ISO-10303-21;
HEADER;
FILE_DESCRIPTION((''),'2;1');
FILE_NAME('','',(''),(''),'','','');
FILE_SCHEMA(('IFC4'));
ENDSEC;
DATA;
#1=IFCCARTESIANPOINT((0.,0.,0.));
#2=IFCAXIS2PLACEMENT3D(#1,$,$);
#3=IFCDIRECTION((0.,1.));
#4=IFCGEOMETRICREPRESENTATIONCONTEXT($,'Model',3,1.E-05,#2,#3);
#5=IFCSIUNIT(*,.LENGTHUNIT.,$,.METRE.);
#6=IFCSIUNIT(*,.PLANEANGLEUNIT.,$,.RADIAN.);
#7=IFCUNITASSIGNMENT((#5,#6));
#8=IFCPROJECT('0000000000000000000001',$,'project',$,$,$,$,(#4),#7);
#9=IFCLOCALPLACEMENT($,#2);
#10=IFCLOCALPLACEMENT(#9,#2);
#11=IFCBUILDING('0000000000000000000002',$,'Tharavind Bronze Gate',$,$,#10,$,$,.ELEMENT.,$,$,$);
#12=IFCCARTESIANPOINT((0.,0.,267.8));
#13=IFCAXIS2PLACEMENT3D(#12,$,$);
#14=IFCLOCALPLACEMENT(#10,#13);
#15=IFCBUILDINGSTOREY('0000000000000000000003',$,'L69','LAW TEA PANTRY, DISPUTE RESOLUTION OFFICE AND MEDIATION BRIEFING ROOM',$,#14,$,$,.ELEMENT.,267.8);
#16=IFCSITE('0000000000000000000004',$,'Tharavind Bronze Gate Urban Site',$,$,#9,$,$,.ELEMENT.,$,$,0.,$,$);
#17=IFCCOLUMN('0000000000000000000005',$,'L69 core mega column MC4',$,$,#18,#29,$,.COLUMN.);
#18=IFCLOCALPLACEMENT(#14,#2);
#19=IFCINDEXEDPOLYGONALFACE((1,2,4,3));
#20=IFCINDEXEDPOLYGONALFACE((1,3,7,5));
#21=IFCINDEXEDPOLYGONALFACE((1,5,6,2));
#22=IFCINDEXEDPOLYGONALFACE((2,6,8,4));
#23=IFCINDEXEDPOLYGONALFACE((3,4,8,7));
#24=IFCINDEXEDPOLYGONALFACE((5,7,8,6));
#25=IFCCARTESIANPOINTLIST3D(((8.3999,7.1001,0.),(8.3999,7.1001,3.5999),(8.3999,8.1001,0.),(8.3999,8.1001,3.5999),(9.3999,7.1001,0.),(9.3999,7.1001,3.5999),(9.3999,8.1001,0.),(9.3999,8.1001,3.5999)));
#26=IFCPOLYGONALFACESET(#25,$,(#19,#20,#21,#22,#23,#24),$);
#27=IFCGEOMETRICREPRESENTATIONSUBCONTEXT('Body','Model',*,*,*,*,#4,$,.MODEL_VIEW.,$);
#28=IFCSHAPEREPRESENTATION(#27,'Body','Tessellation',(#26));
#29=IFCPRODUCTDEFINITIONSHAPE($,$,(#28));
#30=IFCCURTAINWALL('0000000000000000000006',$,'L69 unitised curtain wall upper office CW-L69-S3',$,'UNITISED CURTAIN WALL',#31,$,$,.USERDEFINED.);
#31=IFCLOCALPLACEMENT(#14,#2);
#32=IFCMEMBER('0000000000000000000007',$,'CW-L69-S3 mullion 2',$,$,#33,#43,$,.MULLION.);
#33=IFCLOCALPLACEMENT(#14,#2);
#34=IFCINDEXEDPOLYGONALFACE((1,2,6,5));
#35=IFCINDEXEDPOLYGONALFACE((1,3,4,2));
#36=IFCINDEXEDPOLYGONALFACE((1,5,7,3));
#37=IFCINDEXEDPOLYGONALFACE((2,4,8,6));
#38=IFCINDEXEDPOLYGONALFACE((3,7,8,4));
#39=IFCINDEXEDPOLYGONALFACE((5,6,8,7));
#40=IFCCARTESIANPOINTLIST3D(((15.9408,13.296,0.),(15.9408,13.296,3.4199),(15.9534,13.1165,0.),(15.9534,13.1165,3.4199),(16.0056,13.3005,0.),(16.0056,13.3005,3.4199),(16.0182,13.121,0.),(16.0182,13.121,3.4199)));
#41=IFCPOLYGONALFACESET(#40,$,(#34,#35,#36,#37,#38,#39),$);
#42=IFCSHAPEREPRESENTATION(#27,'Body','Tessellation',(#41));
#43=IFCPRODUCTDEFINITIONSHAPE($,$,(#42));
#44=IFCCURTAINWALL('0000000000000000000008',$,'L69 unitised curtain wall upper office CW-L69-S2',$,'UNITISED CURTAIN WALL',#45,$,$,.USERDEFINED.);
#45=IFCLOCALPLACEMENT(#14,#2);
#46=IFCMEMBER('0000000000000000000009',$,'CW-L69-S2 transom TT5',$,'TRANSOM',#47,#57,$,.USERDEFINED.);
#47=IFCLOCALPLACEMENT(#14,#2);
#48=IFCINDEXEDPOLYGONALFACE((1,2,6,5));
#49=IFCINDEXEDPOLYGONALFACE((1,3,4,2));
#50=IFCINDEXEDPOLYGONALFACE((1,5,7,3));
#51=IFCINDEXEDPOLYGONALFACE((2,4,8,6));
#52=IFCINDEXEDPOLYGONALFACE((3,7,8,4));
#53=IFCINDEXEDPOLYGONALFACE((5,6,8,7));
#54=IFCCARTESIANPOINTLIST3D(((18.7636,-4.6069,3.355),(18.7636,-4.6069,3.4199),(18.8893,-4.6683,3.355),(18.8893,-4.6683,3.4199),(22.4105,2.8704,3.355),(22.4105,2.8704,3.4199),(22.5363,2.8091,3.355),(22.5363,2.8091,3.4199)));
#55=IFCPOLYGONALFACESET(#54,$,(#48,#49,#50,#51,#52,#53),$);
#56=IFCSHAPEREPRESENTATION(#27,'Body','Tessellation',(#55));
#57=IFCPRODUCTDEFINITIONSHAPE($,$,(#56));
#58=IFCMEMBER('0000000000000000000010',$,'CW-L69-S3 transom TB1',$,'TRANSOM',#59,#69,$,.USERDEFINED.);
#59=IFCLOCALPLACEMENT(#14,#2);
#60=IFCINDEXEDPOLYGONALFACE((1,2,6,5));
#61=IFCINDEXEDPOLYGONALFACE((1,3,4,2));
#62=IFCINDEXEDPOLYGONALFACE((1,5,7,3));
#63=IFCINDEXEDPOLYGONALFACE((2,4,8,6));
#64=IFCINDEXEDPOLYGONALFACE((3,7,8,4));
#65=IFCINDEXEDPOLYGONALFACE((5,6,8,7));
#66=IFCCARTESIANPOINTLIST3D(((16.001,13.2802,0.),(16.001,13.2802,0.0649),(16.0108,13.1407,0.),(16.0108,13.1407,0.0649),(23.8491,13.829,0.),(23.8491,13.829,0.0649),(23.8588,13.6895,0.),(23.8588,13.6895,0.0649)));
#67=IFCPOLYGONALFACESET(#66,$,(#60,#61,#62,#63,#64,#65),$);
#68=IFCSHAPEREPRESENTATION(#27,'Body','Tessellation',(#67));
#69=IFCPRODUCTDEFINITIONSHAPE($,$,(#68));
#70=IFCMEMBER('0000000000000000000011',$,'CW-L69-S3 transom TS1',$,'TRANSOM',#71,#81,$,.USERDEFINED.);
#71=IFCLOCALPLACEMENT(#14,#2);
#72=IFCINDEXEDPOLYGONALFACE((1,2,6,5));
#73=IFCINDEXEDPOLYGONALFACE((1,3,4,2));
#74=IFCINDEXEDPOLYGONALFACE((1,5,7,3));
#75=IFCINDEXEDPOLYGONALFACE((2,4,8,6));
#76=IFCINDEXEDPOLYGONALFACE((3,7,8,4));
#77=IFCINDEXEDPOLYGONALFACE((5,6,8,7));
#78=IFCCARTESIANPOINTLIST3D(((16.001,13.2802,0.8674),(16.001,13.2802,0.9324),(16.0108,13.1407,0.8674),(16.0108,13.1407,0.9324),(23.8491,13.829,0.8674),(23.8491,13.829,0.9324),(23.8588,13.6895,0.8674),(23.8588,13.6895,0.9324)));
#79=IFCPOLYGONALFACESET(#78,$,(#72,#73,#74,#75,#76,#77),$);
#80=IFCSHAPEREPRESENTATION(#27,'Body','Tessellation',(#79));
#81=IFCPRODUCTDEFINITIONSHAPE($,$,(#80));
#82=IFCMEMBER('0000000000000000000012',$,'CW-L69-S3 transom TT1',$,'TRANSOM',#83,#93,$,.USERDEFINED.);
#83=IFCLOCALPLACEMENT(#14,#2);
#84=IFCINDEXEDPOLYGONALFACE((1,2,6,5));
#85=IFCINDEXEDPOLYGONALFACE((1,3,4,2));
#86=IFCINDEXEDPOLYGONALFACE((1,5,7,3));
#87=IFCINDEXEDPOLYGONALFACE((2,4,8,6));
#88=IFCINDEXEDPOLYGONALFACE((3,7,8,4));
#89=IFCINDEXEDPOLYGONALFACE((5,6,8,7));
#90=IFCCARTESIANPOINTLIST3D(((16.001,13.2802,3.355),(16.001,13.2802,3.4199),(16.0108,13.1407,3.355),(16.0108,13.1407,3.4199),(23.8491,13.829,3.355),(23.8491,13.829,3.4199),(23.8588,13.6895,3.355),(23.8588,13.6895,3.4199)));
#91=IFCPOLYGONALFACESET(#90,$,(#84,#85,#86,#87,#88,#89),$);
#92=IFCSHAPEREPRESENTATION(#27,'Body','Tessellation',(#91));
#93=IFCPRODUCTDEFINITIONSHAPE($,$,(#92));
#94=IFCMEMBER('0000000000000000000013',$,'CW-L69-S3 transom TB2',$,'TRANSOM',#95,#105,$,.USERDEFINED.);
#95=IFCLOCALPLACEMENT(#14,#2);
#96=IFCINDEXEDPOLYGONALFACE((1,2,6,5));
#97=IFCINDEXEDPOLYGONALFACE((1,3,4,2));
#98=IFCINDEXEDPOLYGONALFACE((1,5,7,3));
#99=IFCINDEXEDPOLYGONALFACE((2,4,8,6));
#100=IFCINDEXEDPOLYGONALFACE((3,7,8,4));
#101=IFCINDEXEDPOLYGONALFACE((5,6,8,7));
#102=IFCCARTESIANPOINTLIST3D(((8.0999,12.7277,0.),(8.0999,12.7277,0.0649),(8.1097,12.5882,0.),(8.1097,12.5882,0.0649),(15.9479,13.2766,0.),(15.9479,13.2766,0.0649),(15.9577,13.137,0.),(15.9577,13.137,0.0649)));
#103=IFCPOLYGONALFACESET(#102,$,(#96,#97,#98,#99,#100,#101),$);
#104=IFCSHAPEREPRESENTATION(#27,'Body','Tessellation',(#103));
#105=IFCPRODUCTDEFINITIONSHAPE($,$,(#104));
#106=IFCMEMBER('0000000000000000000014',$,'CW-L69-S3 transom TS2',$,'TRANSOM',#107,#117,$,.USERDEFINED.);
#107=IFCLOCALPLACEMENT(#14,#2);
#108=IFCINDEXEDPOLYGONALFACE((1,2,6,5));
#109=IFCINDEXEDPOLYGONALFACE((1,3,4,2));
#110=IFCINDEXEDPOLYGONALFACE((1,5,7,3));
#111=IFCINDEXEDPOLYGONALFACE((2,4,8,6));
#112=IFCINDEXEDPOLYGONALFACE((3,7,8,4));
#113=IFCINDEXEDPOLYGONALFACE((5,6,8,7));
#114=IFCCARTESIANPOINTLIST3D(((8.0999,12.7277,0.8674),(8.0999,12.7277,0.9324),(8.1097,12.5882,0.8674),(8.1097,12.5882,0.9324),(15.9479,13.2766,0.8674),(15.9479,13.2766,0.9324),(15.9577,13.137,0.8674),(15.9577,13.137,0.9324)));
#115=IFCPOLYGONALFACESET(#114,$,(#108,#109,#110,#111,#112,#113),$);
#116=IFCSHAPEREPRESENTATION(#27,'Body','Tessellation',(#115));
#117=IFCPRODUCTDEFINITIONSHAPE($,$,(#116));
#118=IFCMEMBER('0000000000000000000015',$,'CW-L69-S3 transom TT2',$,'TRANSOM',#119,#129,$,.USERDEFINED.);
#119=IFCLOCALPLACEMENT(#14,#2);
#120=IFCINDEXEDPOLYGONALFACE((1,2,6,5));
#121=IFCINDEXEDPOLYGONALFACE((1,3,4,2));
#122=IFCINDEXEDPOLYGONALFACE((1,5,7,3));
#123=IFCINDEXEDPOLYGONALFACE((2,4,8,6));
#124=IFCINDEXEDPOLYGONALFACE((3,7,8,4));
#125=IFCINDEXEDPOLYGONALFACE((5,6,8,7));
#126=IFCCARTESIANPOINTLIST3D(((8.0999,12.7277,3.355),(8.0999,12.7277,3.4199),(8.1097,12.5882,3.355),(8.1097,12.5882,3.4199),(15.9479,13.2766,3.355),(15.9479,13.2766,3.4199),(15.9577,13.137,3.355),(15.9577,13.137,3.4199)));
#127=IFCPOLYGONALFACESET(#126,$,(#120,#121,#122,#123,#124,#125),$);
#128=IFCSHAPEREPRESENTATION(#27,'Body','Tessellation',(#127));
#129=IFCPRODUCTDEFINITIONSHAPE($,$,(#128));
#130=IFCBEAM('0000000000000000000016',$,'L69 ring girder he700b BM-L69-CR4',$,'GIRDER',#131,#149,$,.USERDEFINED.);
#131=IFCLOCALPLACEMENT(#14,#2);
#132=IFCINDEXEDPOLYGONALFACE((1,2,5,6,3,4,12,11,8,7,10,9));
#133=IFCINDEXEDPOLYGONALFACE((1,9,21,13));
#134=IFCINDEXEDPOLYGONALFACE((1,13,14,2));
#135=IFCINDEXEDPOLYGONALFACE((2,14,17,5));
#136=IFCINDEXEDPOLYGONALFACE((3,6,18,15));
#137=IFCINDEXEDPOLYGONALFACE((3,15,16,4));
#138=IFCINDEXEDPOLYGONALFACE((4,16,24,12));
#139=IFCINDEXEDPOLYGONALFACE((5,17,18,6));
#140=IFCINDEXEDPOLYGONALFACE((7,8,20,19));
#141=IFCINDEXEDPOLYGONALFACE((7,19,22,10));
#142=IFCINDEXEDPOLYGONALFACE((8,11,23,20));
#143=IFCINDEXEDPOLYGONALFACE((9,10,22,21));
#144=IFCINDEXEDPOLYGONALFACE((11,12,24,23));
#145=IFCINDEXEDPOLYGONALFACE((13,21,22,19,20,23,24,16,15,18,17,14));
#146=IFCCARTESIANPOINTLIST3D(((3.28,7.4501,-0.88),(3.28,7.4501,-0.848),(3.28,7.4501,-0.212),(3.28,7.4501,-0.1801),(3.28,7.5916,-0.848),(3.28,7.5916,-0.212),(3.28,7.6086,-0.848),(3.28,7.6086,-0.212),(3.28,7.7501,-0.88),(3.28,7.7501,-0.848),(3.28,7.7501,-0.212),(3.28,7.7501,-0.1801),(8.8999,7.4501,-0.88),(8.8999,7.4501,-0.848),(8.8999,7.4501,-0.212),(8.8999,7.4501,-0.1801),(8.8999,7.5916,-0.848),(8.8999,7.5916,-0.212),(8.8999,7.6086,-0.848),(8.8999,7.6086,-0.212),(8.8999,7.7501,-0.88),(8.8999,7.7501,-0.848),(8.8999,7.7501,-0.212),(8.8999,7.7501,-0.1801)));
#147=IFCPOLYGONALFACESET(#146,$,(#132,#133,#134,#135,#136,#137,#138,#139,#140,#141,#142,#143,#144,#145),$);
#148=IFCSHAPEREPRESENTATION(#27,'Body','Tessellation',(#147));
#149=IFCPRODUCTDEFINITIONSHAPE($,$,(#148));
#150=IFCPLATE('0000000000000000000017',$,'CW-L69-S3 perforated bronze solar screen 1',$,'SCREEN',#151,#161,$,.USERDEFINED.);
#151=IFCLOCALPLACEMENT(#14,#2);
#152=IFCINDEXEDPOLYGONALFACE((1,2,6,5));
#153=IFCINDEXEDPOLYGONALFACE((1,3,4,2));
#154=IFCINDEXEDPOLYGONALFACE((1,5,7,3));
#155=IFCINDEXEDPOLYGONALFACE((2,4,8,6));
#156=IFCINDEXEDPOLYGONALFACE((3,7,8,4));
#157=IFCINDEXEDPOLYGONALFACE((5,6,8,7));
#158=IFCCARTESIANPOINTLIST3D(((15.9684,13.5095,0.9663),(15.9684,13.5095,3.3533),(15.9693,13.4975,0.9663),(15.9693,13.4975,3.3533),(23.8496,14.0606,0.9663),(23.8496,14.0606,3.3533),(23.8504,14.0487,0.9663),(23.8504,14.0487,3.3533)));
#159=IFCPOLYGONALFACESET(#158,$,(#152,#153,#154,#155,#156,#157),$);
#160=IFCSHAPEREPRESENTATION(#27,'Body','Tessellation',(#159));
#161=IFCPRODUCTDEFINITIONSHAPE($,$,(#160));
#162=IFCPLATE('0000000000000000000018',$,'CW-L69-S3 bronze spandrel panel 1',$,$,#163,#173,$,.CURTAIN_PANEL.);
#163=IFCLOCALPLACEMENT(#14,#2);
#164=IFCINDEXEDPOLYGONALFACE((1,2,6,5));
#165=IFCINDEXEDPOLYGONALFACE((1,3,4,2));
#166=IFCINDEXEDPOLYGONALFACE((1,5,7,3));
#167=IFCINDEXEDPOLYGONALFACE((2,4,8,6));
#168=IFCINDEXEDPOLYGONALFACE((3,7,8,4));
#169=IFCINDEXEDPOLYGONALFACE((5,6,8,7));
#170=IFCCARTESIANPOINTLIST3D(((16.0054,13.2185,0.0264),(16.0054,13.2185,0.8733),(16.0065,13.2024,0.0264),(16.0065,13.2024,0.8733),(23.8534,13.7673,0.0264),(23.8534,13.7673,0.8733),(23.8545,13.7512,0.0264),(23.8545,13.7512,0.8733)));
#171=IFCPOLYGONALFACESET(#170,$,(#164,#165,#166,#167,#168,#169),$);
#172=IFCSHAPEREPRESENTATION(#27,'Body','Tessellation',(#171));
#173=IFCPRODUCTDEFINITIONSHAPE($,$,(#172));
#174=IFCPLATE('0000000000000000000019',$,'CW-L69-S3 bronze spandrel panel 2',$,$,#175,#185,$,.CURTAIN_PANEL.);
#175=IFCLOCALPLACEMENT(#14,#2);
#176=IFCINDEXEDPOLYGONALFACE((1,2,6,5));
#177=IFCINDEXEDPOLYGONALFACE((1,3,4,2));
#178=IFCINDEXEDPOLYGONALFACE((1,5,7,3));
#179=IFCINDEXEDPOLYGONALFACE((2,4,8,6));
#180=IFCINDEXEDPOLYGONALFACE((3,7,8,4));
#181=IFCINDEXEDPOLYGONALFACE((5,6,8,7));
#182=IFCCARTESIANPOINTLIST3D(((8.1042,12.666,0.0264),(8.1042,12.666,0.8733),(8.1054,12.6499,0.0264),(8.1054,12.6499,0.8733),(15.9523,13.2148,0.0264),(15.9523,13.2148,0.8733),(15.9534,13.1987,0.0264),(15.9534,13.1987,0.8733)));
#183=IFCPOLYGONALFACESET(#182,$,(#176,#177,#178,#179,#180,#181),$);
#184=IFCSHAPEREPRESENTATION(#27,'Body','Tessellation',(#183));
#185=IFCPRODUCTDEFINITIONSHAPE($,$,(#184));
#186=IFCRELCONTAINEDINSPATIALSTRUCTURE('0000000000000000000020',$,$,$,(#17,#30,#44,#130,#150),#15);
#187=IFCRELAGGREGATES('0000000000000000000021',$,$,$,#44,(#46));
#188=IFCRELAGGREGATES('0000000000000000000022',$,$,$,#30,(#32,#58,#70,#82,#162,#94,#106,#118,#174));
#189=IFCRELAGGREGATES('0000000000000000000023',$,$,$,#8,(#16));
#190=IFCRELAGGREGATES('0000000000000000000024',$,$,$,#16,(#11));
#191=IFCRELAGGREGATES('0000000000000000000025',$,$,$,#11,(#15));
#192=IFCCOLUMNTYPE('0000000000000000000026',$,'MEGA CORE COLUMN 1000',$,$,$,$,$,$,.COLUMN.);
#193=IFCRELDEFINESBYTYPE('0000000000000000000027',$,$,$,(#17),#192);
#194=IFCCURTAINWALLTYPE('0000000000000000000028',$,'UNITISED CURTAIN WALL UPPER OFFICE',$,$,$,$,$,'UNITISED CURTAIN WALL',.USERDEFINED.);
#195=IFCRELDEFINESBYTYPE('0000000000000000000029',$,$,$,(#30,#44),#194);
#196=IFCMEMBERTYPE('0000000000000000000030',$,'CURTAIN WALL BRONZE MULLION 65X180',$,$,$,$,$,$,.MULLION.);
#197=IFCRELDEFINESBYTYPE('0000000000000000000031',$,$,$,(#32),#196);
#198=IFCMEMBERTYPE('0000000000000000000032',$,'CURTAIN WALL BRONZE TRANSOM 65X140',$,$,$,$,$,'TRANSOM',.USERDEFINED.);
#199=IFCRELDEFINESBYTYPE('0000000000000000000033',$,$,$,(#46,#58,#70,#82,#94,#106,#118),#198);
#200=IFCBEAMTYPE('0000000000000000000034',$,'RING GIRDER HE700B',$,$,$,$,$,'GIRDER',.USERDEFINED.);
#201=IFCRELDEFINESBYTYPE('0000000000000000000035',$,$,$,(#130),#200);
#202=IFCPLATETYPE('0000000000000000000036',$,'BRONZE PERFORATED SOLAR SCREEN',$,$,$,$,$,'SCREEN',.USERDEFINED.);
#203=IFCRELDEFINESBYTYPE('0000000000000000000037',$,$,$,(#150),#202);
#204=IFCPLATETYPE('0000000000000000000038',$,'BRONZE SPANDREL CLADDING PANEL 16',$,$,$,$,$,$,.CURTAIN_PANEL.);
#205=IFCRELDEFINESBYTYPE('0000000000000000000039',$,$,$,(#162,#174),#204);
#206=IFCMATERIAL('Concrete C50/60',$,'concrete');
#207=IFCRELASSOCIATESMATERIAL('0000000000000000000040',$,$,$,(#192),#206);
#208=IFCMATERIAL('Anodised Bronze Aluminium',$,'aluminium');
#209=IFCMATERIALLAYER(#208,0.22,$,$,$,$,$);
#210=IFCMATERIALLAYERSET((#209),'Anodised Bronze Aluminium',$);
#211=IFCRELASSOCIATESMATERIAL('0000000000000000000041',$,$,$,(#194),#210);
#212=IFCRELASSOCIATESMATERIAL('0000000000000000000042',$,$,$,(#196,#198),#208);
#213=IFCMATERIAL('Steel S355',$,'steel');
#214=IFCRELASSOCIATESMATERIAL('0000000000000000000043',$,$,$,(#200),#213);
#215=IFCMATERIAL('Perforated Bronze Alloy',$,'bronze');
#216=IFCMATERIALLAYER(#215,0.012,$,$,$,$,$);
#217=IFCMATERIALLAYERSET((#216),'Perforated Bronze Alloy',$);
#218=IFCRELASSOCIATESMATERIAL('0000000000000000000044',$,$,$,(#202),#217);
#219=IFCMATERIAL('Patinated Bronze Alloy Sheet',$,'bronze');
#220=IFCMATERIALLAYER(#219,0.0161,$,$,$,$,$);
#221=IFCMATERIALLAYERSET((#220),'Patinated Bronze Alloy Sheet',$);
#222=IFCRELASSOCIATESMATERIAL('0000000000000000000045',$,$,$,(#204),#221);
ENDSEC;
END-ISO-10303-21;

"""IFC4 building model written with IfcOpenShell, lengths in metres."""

from ifc_helpers import new_model, si_unit, direction, frame, origin, origin_2d, place, context, subcontext, project, spatial, rectangle, i_section, extrude, material, layer, layer_set, material_profile, profile_set, type_object, element, aggregate, save


model = new_model("IFC4")

# Units and contexts
model_context = context("Model", 3, precision=1e-05, world=origin(), true_north=direction((0.0, 1.0)))
body_context = subcontext(model_context, "Body", "Model", "MODEL_VIEW")
ifc_project = project(units=[si_unit("LENGTHUNIT", "METRE"), si_unit("PLANEANGLEUNIT", "RADIAN")], contexts=[model_context])

# Site, building, storey
site_placement = place(None, origin())
site = spatial("IfcSite", under=ifc_project, at=site_placement, Name="Tharavind Bronze Gate Urban Site", CompositionType="ELEMENT", RefElevation=0.0)
building_placement = place(site_placement, origin())
building = spatial("IfcBuilding", under=site, at=building_placement, Name="Tharavind Bronze Gate", CompositionType="ELEMENT")
storey_placement = place(building_placement, frame((0.0, 0.0, 267.8)))
storey = spatial("IfcBuildingStorey", under=building, at=storey_placement, Name="L69", Description="LAW TEA PANTRY, DISPUTE RESOLUTION OFFICE AND MEDIATION BRIEFING ROOM", CompositionType="ELEMENT", Elevation=267.8)

# Column
ifc_material_1 = material(Name="Concrete C50/60", Category="concrete")
ifc_material_profile_1 = material_profile(ifc_material_1, rectangle(XDim=1.0, YDim=1.0, at=origin_2d()), Name="RCCOL1000")
ifc_profile_set_1 = profile_set([ifc_material_profile_1], Name="Concrete C50/60")
column_type = type_object("IfcColumnType", Name="MEGA CORE COLUMN 1000", PredefinedType="COLUMN", material=ifc_profile_set_1)
column_placement = place(storey_placement, frame((8.8999, 7.6001, 0.0), z_axis=(0.0, 0.0, 1.0), x_axis=(1.0, 0.0, 0.0)))
element("IfcColumn", 1, at=column_placement, inside=storey, type_object=column_type, Name="L69 core mega column MC4", PredefinedType="COLUMN", context=body_context, shape_type="SweptSolid", body=[
    extrude(rectangle(XDim=1.0, YDim=1.0, at=origin_2d()), origin(), (0.0, 0.0, 1.0), 3.5999),
])

# Curtain walls, members
ifc_material_2 = material(Name="Anodised Bronze Aluminium", Category="aluminium")
ifc_layer_1 = layer(ifc_material_2, 0.22)
ifc_layer_set_1 = layer_set([ifc_layer_1], Name="Anodised Bronze Aluminium")
curtain_wall_type = type_object("IfcCurtainWallType", Name="UNITISED CURTAIN WALL UPPER OFFICE", ElementType="UNITISED CURTAIN WALL", PredefinedType="USERDEFINED", material=ifc_layer_set_1)
curtain_wall_1_placement = place(storey_placement, origin())
curtain_wall_1 = element("IfcCurtainWall", 2, at=curtain_wall_1_placement, inside=storey, type_object=curtain_wall_type, Name="L69 unitised curtain wall upper office CW-L69-S3", ObjectType="UNITISED CURTAIN WALL", PredefinedType="USERDEFINED")
member_type_1 = type_object("IfcMemberType", Name="CURTAIN WALL BRONZE MULLION 65X180", PredefinedType="MULLION", material=ifc_material_2)
member_1_placement = place(storey_placement, frame((15.9795, 13.2085, 0.0), z_axis=(0.0, 0.0, 1.0), x_axis=(-0.997564, -0.06976, 0.0)))
member_1 = element("IfcMember", 3, at=member_1_placement, type_object=member_type_1, Name="CW-L69-S3 mullion 2", PredefinedType="MULLION", context=body_context, shape_type="SweptSolid", body=[
    extrude(rectangle(XDim=0.0649, YDim=0.1799, at=origin_2d()), origin(), (0.0, 0.0, 1.0), 3.4199),
])
curtain_wall_2_placement = place(storey_placement, origin())
curtain_wall_2 = element("IfcCurtainWall", 4, at=curtain_wall_2_placement, inside=storey, type_object=curtain_wall_type, Name="L69 unitised curtain wall upper office CW-L69-S2", ObjectType="UNITISED CURTAIN WALL", PredefinedType="USERDEFINED")
member_type_2 = type_object("IfcMemberType", Name="CURTAIN WALL BRONZE TRANSOM 65X140", ElementType="TRANSOM", PredefinedType="USERDEFINED", material=ifc_material_2)
member_2_placement = place(storey_placement, frame((20.6499, -0.8989, 3.355), z_axis=(0.0, 0.0, 1.0), x_axis=(0.438373, 0.898793, 0.0)))
member_2 = element("IfcMember", 5, at=member_2_placement, type_object=member_type_2, Name="CW-L69-S2 transom TT5", ObjectType="TRANSOM", PredefinedType="USERDEFINED", context=body_context, shape_type="SweptSolid", body=[
    extrude(rectangle(XDim=8.3193, YDim=0.1399, at=origin_2d()), origin(), (0.0, 0.0, 1.0), 0.0649),
])
aggregate(curtain_wall_2, [member_2])

# Members
member_3_placement = place(storey_placement, frame((19.9299, 13.4849, 0.0), z_axis=(0.0, 0.0, 1.0), x_axis=(-0.997564, -0.06976, 0.0)))
member_3 = element("IfcMember", 6, at=member_3_placement, type_object=member_type_2, Name="CW-L69-S3 transom TB1", ObjectType="TRANSOM", PredefinedType="USERDEFINED", context=body_context, shape_type="SweptSolid", body=[
    extrude(rectangle(XDim=7.8672, YDim=0.1399, at=origin_2d()), origin(), (0.0, 0.0, 1.0), 0.0649),
])
member_4_placement = place(storey_placement, frame((19.9299, 13.4849, 0.8674), z_axis=(0.0, 0.0, 1.0), x_axis=(-0.997564, -0.06976, 0.0)))
member_4 = element("IfcMember", 7, at=member_4_placement, type_object=member_type_2, Name="CW-L69-S3 transom TS1", ObjectType="TRANSOM", PredefinedType="USERDEFINED", context=body_context, shape_type="SweptSolid", body=[
    extrude(rectangle(XDim=7.8672, YDim=0.1399, at=origin_2d()), origin(), (0.0, 0.0, 1.0), 0.0649),
])
member_5_placement = place(storey_placement, frame((19.9299, 13.4849, 3.355), z_axis=(0.0, 0.0, 1.0), x_axis=(-0.997564, -0.06976, 0.0)))
member_5 = element("IfcMember", 8, at=member_5_placement, type_object=member_type_2, Name="CW-L69-S3 transom TT1", ObjectType="TRANSOM", PredefinedType="USERDEFINED", context=body_context, shape_type="SweptSolid", body=[
    extrude(rectangle(XDim=7.8672, YDim=0.1399, at=origin_2d()), origin(), (0.0, 0.0, 1.0), 0.0649),
])
member_6_placement = place(storey_placement, frame((12.0288, 12.9324, 0.0), z_axis=(0.0, 0.0, 1.0), x_axis=(-0.997564, -0.06976, 0.0)))
member_6 = element("IfcMember", 9, at=member_6_placement, type_object=member_type_2, Name="CW-L69-S3 transom TB2", ObjectType="TRANSOM", PredefinedType="USERDEFINED", context=body_context, shape_type="SweptSolid", body=[
    extrude(rectangle(XDim=7.8672, YDim=0.1399, at=origin_2d()), origin(), (0.0, 0.0, 1.0), 0.0649),
])
member_7_placement = place(storey_placement, frame((12.0288, 12.9324, 0.8674), z_axis=(0.0, 0.0, 1.0), x_axis=(-0.997564, -0.06976, 0.0)))
member_7 = element("IfcMember", 10, at=member_7_placement, type_object=member_type_2, Name="CW-L69-S3 transom TS2", ObjectType="TRANSOM", PredefinedType="USERDEFINED", context=body_context, shape_type="SweptSolid", body=[
    extrude(rectangle(XDim=7.8672, YDim=0.1399, at=origin_2d()), origin(), (0.0, 0.0, 1.0), 0.0649),
])
member_8_placement = place(storey_placement, frame((12.0288, 12.9324, 3.355), z_axis=(0.0, 0.0, 1.0), x_axis=(-0.997564, -0.06976, 0.0)))
member_8 = element("IfcMember", 11, at=member_8_placement, type_object=member_type_2, Name="CW-L69-S3 transom TT2", ObjectType="TRANSOM", PredefinedType="USERDEFINED", context=body_context, shape_type="SweptSolid", body=[
    extrude(rectangle(XDim=7.8672, YDim=0.1399, at=origin_2d()), origin(), (0.0, 0.0, 1.0), 0.0649),
])

# Beam
ifc_material_3 = material(Name="Steel S355", Category="steel")
ifc_material_profile_2 = material_profile(ifc_material_3, i_section(OverallWidth=0.3, OverallDepth=0.7, WebThickness=0.0171, FlangeThickness=0.032, at=origin_2d()), Name="HE700B")
ifc_profile_set_2 = profile_set([ifc_material_profile_2], Name="Steel S355")
beam_type = type_object("IfcBeamType", Name="RING GIRDER HE700B", ElementType="GIRDER", PredefinedType="USERDEFINED", material=ifc_profile_set_2)
beam_placement = place(storey_placement, frame((8.8999, 7.6001, -0.53), z_axis=(-1.0, 0.0, 0.0), x_axis=(0.0, -1.0, 0.0)))
element("IfcBeam", 12, at=beam_placement, inside=storey, type_object=beam_type, Name="L69 ring girder he700b BM-L69-CR4", ObjectType="GIRDER", PredefinedType="USERDEFINED", context=body_context, shape_type="SweptSolid", body=[
    extrude(i_section(OverallWidth=0.3, OverallDepth=0.7, WebThickness=0.0171, FlangeThickness=0.032, at=origin_2d()), origin(), (0.0, 0.0, 1.0), 5.6199),
])

# Plates
ifc_material_4 = material(Name="Perforated Bronze Alloy", Category="bronze")
ifc_layer_2 = layer(ifc_material_4, 0.012)
ifc_layer_set_2 = layer_set([ifc_layer_2], Name="Perforated Bronze Alloy")
plate_type_1 = type_object("IfcPlateType", Name="BRONZE PERFORATED SOLAR SCREEN", ElementType="SCREEN", PredefinedType="USERDEFINED", material=ifc_layer_set_2)
plate_1_placement = place(storey_placement, frame((19.9094, 13.7791, 0.9663), z_axis=(0.0, 0.0, 1.0), x_axis=(-0.997564, -0.06976, 0.0)))
element("IfcPlate", 13, at=plate_1_placement, inside=storey, type_object=plate_type_1, Name="CW-L69-S3 perforated bronze solar screen 1", ObjectType="SCREEN", PredefinedType="USERDEFINED", context=body_context, shape_type="SweptSolid", body=[
    extrude(rectangle(XDim=7.9004, YDim=0.012, at=origin_2d()), origin(), (0.0, 0.0, 1.0), 2.387),
])
ifc_material_5 = material(Name="Patinated Bronze Alloy Sheet", Category="bronze")
ifc_layer_3 = layer(ifc_material_5, 0.0161)
ifc_layer_set_3 = layer_set([ifc_layer_3], Name="Patinated Bronze Alloy Sheet")
plate_type_2 = type_object("IfcPlateType", Name="BRONZE SPANDREL CLADDING PANEL 16", PredefinedType="CURTAIN_PANEL", material=ifc_layer_set_3)
plate_2_placement = place(storey_placement, frame((19.9299, 13.4849, 0.0264), z_axis=(0.0, 0.0, 1.0), x_axis=(-0.997564, -0.06976, 0.0)))
plate_2 = element("IfcPlate", 14, at=plate_2_placement, type_object=plate_type_2, Name="CW-L69-S3 bronze spandrel panel 1", PredefinedType="CURTAIN_PANEL", context=body_context, shape_type="SweptSolid", body=[
    extrude(rectangle(XDim=7.8672, YDim=0.0161, at=origin_2d()), origin(), (0.0, 0.0, 1.0), 0.8469),
])
plate_3_placement = place(storey_placement, frame((12.0288, 12.9324, 0.0264), z_axis=(0.0, 0.0, 1.0), x_axis=(-0.997564, -0.06976, 0.0)))
plate_3 = element("IfcPlate", 15, at=plate_3_placement, type_object=plate_type_2, Name="CW-L69-S3 bronze spandrel panel 2", PredefinedType="CURTAIN_PANEL", context=body_context, shape_type="SweptSolid", body=[
    extrude(rectangle(XDim=7.8672, YDim=0.0161, at=origin_2d()), origin(), (0.0, 0.0, 1.0), 0.8469),
])
aggregate(curtain_wall_1, [member_1, member_3, member_4, member_5, plate_2, member_6, member_7, member_8, plate_3])

save(model, "model.ifc")
